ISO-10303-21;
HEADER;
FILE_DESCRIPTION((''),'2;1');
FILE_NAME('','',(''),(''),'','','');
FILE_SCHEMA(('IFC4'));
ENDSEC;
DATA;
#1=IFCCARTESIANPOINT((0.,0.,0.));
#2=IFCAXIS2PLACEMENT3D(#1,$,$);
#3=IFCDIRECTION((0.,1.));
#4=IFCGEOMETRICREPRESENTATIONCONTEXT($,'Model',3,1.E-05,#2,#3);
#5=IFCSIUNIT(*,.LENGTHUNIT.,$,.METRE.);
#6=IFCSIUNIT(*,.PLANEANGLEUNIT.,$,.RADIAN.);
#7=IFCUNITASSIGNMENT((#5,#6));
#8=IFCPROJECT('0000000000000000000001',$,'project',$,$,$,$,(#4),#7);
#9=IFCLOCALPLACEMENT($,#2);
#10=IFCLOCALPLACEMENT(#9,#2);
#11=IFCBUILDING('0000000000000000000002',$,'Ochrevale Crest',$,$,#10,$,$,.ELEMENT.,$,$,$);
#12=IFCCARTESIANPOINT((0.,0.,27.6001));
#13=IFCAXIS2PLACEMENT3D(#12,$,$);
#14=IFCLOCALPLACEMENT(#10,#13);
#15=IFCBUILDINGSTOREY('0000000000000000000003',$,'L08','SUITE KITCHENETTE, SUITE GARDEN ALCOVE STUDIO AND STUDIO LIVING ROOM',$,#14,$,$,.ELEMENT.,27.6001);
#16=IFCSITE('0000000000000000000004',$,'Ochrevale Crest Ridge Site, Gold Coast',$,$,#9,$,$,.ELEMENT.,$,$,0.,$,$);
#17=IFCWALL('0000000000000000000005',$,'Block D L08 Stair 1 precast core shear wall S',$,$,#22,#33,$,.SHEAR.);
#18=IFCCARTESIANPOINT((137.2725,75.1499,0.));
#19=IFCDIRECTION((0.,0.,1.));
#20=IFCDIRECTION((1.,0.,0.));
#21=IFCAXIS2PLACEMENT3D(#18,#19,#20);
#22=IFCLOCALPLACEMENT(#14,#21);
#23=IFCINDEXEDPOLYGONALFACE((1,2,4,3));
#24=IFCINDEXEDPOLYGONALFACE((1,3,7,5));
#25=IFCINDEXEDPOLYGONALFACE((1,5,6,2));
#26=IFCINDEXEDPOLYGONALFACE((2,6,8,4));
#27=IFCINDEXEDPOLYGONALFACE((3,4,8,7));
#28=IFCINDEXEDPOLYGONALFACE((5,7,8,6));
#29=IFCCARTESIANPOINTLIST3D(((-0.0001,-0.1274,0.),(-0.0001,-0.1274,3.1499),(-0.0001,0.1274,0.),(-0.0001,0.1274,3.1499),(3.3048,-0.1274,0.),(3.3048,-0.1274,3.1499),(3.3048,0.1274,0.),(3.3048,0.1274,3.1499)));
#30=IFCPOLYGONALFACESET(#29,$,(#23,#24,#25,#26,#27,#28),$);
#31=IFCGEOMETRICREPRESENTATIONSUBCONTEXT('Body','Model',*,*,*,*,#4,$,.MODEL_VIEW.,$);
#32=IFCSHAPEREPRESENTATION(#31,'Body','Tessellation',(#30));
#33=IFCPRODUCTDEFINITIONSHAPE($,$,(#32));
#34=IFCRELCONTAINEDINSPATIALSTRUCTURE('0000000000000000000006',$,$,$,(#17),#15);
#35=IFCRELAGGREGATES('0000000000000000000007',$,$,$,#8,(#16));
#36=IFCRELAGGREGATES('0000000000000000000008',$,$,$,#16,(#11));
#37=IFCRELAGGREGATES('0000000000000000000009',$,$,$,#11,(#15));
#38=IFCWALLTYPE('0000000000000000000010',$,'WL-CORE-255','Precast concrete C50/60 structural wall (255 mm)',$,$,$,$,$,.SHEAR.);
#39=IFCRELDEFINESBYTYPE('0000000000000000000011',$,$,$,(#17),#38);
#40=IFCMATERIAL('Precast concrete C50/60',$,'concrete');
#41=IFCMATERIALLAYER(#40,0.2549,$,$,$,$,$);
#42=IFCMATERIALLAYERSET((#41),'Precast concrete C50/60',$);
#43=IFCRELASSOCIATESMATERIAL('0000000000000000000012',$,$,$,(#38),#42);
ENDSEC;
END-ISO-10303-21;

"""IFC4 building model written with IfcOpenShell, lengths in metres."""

from ifc_helpers import new_model, si_unit, direction, frame, frame_2d, origin, place, context, subcontext, project, spatial, rectangle, extrude, material, layer, layer_set, type_object, element, save


model = new_model("IFC4")

# Units and contexts
model_context = context("Model", 3, precision=1e-05, world=origin(), true_north=direction((0.0, 1.0)))
body_context = subcontext(model_context, "Body", "Model", "MODEL_VIEW")
ifc_project = project(units=[si_unit("LENGTHUNIT", "METRE"), si_unit("PLANEANGLEUNIT", "RADIAN")], contexts=[model_context])

# Site, building, storey
site_placement = place(None, origin())
site = spatial("IfcSite", under=ifc_project, at=site_placement, Name="Ochrevale Crest Ridge Site, Gold Coast", CompositionType="ELEMENT", RefElevation=0.0)
building_placement = place(site_placement, origin())
building = spatial("IfcBuilding", under=site, at=building_placement, Name="Ochrevale Crest", CompositionType="ELEMENT")
storey_placement = place(building_placement, frame((0.0, 0.0, 27.6001)))
storey = spatial("IfcBuildingStorey", under=building, at=storey_placement, Name="L08", Description="SUITE KITCHENETTE, SUITE GARDEN ALCOVE STUDIO AND STUDIO LIVING ROOM", CompositionType="ELEMENT", Elevation=27.6001)

# Shared definitions
ifc_material_1 = material(Name="Precast concrete C50/60", Category="concrete")

# Wall
ifc_layer_1 = layer(ifc_material_1, 0.2549)
ifc_layer_set_1 = layer_set([ifc_layer_1], Name="Precast concrete C50/60")
wall_type_1 = type_object("IfcWallType", Name="WL-CORE-255", Description="Precast concrete C50/60 structural wall (255 mm)", PredefinedType="SHEAR", material=ifc_layer_set_1)
wall_1_placement = place(storey_placement, frame((137.2725, 75.1499, 0.0), z_axis=(0.0, 0.0, 1.0), x_axis=(1.0, 0.0, 0.0)))
element("IfcWall", 1, at=wall_1_placement, inside=storey, type_object=wall_type_1, Name="Block D L08 Stair 1 precast core shear wall S", PredefinedType="SHEAR", context=body_context, shape_type="SweptSolid", body=[
    extrude(rectangle(XDim=3.3049, YDim=0.2549, at=frame_2d((1.6523, 0.0))), origin(), (0.0, 0.0, 1.0), 3.1499),
])

save(model, "model.ifc")
